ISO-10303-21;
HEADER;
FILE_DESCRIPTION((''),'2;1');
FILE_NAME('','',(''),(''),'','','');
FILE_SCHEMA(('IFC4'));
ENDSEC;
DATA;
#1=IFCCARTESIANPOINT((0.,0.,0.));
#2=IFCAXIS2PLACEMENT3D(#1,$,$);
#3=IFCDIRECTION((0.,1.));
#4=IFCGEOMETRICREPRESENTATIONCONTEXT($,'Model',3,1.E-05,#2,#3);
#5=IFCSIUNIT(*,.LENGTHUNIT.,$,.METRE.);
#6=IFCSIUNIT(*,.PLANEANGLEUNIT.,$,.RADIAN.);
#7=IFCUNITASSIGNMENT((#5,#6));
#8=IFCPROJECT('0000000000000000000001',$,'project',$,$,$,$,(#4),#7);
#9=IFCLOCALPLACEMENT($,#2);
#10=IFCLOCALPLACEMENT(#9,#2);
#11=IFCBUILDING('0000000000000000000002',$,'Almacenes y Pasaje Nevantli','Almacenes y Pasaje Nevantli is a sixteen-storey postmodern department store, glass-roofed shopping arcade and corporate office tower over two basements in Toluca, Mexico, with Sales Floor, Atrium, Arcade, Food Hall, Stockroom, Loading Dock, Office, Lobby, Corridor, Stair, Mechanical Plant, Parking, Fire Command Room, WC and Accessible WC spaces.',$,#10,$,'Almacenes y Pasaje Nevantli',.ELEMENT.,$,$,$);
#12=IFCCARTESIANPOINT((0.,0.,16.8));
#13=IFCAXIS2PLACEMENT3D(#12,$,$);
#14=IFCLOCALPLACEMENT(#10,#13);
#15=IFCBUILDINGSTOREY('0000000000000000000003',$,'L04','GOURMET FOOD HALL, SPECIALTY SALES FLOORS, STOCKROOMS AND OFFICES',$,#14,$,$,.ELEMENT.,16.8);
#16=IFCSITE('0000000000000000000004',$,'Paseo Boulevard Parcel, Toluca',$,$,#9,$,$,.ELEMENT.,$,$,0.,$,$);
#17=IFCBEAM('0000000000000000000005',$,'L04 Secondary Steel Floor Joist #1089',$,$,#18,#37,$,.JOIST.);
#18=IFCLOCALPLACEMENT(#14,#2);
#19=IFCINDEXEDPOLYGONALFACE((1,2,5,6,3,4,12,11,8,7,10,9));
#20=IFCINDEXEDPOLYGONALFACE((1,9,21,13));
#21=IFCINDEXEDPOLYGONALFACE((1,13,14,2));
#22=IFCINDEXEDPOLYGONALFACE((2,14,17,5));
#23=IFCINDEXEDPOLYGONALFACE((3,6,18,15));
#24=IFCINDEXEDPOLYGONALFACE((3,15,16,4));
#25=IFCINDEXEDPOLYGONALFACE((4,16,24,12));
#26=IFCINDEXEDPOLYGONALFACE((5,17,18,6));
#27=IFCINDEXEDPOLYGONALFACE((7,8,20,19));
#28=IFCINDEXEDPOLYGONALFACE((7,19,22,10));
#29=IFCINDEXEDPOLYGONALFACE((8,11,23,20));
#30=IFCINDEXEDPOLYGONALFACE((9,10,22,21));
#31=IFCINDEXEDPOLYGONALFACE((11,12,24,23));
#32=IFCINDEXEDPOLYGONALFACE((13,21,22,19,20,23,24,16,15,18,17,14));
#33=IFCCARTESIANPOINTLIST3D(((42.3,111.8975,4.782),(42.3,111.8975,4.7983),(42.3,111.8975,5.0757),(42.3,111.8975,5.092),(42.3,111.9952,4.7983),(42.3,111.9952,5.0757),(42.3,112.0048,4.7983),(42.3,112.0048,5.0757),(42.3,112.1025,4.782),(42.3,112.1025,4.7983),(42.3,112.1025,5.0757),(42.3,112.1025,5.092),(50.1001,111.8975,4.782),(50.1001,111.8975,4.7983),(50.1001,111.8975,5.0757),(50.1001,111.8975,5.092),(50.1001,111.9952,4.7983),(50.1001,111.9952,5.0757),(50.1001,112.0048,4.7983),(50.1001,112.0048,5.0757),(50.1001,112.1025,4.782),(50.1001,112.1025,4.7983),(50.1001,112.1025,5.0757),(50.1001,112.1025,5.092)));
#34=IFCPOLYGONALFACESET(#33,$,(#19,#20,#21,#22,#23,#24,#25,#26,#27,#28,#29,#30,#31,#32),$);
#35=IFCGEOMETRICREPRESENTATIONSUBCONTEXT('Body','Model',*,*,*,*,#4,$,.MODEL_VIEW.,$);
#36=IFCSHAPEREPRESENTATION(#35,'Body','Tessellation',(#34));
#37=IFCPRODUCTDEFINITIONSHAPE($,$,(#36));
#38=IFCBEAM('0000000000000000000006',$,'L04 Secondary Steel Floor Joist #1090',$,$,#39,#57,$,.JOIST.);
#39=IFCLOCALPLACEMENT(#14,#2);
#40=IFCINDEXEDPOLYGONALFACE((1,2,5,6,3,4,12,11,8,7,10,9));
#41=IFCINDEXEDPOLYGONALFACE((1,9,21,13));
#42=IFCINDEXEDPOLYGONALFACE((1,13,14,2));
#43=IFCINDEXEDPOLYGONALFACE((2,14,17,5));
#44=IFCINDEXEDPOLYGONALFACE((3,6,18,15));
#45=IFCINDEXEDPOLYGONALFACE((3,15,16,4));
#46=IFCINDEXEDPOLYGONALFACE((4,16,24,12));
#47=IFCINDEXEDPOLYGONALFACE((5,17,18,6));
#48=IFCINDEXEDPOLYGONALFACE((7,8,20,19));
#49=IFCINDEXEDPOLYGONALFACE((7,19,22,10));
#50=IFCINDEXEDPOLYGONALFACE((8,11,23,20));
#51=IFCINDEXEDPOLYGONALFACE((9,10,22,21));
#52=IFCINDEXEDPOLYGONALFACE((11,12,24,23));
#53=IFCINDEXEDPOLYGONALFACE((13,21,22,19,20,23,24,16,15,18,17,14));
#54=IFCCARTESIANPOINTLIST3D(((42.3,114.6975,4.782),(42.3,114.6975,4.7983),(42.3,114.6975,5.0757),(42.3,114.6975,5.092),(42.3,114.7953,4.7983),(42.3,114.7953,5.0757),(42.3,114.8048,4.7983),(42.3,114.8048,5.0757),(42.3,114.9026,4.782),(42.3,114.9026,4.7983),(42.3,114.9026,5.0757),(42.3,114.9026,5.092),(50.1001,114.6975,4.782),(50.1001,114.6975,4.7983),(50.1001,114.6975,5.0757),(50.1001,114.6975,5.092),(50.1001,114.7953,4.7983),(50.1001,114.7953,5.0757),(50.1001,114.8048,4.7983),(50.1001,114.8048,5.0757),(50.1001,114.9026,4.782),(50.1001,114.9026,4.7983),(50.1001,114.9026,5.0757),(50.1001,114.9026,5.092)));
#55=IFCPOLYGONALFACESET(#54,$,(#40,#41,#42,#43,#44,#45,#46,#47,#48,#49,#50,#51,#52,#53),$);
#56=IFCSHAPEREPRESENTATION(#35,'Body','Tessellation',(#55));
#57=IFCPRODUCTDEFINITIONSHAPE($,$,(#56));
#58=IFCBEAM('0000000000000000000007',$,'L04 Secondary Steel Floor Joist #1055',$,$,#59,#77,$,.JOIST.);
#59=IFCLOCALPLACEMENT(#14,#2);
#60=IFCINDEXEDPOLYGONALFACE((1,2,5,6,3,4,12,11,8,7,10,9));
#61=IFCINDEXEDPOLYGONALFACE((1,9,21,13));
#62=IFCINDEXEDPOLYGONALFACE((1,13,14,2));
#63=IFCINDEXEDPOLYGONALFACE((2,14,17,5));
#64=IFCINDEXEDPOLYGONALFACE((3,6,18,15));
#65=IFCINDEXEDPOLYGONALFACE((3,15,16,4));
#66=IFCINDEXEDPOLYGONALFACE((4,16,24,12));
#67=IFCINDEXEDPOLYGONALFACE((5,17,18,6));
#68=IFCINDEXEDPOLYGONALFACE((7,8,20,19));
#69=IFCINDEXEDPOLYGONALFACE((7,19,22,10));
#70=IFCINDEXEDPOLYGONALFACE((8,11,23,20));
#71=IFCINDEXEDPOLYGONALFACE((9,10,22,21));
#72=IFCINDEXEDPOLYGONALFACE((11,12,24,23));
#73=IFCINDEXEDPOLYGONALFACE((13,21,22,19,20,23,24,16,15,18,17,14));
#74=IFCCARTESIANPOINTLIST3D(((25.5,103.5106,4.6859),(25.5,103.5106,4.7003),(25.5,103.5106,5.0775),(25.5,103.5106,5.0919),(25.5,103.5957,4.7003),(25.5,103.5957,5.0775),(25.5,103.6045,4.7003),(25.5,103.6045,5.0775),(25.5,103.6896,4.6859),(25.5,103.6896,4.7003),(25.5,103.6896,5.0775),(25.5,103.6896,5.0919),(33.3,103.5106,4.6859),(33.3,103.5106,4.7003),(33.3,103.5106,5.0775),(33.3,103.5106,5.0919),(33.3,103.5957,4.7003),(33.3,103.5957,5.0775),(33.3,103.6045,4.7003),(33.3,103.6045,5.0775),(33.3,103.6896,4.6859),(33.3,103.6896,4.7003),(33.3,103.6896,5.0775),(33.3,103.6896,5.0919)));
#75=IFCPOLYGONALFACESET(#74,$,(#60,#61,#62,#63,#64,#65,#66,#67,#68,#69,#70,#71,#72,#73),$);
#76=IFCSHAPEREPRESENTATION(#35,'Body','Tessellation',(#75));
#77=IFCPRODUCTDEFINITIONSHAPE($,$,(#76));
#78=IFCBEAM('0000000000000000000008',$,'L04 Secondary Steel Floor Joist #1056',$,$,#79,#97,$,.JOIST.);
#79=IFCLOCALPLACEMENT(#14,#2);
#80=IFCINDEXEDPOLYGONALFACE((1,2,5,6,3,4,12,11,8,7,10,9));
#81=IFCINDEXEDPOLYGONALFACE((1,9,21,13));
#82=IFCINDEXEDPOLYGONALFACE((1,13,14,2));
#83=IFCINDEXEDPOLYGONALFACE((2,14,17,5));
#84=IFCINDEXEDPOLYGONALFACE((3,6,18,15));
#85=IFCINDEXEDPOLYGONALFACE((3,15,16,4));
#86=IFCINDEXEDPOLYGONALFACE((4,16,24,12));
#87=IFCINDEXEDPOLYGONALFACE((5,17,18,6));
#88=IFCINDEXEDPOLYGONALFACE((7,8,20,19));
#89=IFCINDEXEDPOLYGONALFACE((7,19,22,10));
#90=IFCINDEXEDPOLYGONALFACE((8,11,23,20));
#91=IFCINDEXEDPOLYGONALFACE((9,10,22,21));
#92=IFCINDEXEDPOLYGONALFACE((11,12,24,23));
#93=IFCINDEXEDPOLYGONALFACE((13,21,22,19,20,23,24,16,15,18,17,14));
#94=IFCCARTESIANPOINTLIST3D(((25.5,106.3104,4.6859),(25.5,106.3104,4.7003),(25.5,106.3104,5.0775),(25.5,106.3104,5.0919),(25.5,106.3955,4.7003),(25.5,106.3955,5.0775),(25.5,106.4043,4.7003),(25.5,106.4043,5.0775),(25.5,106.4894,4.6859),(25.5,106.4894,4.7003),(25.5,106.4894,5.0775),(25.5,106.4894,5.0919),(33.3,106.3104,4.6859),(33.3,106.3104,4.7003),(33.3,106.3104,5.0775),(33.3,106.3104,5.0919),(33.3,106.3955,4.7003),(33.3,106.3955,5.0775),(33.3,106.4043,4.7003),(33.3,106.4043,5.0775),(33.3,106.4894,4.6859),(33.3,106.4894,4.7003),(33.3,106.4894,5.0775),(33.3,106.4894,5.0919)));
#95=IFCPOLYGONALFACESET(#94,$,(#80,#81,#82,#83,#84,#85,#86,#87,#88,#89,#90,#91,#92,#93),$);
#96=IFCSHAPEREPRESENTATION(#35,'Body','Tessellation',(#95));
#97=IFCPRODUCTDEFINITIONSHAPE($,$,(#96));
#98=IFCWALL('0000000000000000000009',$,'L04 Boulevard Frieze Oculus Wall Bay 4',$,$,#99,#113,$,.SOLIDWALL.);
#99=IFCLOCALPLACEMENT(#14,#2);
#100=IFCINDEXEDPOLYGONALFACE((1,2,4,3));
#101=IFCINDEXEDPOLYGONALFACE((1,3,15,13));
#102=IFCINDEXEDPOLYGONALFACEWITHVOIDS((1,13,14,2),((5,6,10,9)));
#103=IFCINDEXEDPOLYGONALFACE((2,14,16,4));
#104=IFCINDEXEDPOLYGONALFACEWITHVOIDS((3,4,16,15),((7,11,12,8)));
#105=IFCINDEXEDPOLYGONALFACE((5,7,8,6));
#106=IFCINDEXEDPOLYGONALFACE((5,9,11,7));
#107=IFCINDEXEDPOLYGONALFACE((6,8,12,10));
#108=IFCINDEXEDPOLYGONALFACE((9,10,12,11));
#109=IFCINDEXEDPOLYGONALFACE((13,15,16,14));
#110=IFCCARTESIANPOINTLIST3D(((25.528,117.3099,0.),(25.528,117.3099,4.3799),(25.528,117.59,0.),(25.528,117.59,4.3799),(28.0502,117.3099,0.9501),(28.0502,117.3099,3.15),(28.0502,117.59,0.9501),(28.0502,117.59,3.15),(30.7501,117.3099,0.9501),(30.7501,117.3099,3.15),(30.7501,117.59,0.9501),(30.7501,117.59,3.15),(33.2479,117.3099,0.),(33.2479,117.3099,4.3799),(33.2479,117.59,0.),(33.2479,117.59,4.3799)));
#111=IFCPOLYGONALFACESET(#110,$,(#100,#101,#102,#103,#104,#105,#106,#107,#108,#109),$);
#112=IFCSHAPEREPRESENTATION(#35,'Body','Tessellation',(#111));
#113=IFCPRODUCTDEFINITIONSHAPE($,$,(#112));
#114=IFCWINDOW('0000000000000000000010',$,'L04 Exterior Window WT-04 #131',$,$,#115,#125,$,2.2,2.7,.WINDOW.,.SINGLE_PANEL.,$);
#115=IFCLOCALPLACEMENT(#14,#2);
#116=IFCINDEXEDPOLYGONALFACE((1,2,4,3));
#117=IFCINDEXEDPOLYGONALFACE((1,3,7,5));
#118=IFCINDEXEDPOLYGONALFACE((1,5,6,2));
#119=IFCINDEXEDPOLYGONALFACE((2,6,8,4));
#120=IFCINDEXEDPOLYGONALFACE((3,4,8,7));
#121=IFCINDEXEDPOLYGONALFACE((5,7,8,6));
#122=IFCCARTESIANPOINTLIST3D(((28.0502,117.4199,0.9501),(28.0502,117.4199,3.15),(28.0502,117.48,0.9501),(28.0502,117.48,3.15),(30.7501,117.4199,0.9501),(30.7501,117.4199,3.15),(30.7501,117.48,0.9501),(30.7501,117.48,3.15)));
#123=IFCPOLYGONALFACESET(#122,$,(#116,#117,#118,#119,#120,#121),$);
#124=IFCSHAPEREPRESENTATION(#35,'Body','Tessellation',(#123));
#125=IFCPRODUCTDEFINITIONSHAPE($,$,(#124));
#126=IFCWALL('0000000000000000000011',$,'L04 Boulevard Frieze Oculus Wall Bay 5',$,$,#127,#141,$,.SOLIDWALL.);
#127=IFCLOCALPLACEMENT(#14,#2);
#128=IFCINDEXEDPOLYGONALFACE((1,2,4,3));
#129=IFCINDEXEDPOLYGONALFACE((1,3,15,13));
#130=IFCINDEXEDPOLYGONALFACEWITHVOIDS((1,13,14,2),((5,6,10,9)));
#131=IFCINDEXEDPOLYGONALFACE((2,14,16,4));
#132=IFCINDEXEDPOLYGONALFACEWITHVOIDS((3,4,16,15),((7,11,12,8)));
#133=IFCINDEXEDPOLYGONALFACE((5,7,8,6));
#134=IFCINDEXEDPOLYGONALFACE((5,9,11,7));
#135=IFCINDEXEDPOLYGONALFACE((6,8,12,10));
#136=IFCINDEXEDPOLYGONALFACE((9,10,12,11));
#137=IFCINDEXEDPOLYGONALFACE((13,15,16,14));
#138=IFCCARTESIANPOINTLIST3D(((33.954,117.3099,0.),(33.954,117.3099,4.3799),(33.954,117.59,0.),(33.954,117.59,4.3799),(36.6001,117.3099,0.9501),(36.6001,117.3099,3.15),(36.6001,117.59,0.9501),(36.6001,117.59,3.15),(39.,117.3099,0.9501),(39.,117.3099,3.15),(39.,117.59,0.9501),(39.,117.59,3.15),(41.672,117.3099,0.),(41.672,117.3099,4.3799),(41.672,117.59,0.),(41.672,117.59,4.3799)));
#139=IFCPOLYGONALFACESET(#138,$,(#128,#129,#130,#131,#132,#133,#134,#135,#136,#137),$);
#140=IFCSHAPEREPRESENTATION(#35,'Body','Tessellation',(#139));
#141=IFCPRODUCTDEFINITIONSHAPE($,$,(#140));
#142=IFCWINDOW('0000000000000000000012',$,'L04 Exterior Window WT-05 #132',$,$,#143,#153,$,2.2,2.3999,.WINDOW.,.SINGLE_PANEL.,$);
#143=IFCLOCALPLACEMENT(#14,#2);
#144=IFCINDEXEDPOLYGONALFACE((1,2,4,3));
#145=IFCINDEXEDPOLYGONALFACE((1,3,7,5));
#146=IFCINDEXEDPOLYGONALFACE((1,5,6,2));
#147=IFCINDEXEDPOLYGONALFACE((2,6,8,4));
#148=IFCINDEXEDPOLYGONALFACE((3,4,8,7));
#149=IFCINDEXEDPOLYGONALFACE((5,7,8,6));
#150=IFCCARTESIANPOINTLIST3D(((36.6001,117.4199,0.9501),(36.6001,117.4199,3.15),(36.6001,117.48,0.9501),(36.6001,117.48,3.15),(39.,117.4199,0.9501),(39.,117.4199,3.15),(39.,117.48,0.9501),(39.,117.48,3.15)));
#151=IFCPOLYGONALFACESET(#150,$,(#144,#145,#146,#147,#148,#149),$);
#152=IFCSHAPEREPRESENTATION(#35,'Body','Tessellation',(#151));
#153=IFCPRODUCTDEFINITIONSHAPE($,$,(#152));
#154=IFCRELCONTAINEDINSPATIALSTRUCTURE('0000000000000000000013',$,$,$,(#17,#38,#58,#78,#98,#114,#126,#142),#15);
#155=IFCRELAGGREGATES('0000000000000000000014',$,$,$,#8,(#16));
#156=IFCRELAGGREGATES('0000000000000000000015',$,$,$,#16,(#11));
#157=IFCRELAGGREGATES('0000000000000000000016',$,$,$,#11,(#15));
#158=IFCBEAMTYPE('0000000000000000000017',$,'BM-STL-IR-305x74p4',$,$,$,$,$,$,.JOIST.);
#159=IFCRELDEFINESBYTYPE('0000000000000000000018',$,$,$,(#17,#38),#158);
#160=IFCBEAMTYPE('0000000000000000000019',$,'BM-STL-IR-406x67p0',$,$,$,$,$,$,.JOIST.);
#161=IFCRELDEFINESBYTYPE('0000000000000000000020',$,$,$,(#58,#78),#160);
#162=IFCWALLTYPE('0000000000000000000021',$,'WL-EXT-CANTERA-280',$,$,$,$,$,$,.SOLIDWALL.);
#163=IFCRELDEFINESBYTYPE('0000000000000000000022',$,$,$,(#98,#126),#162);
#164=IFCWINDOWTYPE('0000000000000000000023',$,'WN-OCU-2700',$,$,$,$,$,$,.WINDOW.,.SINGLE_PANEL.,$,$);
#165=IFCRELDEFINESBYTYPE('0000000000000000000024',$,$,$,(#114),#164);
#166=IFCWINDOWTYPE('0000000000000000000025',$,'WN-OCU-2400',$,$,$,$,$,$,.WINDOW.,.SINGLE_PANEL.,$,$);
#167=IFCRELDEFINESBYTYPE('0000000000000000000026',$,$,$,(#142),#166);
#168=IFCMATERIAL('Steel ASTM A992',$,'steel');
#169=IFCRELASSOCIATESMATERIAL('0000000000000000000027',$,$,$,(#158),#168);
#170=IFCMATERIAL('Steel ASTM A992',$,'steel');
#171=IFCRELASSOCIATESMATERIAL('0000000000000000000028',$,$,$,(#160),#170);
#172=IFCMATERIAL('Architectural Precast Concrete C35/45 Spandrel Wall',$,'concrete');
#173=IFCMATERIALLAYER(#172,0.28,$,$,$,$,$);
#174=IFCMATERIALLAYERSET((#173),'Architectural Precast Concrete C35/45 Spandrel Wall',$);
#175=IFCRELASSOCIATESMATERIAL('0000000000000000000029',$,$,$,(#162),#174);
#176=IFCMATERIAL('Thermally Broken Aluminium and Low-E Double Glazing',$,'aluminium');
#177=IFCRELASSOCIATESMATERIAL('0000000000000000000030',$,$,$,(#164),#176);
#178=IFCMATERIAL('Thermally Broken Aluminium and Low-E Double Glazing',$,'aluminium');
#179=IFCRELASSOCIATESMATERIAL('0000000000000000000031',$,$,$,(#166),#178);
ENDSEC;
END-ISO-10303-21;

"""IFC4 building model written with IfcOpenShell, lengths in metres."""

from ifc_helpers import new_model, si_unit, direction, frame, frame_2d, origin, origin_2d, place, context, subcontext, project, spatial, rectangle, i_section, extrude, material, layer, layer_set, material_profile, profile_set, type_object, element, fill, save


model = new_model("IFC4")

# Units and contexts
model_context = context("Model", 3, precision=1e-05, world=origin(), true_north=direction((0.0, 1.0)))
body_context = subcontext(model_context, "Body", "Model", "MODEL_VIEW")
ifc_project = project(units=[si_unit("LENGTHUNIT", "METRE"), si_unit("PLANEANGLEUNIT", "RADIAN")], contexts=[model_context])

# Site, building, storey
site_placement = place(None, origin())
site = spatial("IfcSite", under=ifc_project, at=site_placement, Name="Paseo Boulevard Parcel, Toluca", CompositionType="ELEMENT", RefElevation=0.0)
building_placement = place(site_placement, origin())
building = spatial("IfcBuilding", under=site, at=building_placement, Name="Almacenes y Pasaje Nevantli", Description="Almacenes y Pasaje Nevantli is a sixteen-storey postmodern department store, glass-roofed shopping arcade and corporate office tower over two basements in Toluca, Mexico, with Sales Floor, Atrium, Arcade, Food Hall, Stockroom, Loading Dock, Office, Lobby, Corridor, Stair, Mechanical Plant, Parking, Fire Command Room, WC and Accessible WC spaces.", LongName="Almacenes y Pasaje Nevantli", CompositionType="ELEMENT")
storey_placement = place(building_placement, frame((0.0, 0.0, 16.8)))
storey = spatial("IfcBuildingStorey", under=building, at=storey_placement, Name="L04", Description="GOURMET FOOD HALL, SPECIALTY SALES FLOORS, STOCKROOMS AND OFFICES", CompositionType="ELEMENT", Elevation=16.8)

# Beams
ifc_material_1 = material(Name="Steel ASTM A992", Category="steel")
ifc_material_profile_1 = material_profile(ifc_material_1, i_section(OverallWidth=0.2051, OverallDepth=0.3101, WebThickness=0.0095, FlangeThickness=0.0164, at=origin_2d()), Name="IR 305x74.4")
ifc_profile_set_1 = profile_set([ifc_material_profile_1], Name="Steel ASTM A992")
beam_type_1 = type_object("IfcBeamType", Name="BM-STL-IR-305x74p4", PredefinedType="JOIST", material=ifc_profile_set_1)
for number, where, z_axis, x_axis, name in (
    (1, (42.3, 112.0, 4.937), (1.0, 0.0, 0.0), (0.0, 1.0, 0.0), "L04 Secondary Steel Floor Joist #1089"),
    (2, (42.3, 114.8, 4.937), (1.0, 0.0, 0.0), (0.0, 1.0, 0.0), "L04 Secondary Steel Floor Joist #1090"),
):
    element("IfcBeam", number, at=place(storey_placement, frame(where, z_axis=z_axis, x_axis=x_axis)), inside=storey, type_object=beam_type_1, Name=name, PredefinedType="JOIST", context=body_context, shape_type="SweptSolid", body=[
        extrude(i_section(OverallWidth=0.2051, OverallDepth=0.3101, WebThickness=0.0095, FlangeThickness=0.0164, at=origin_2d()), origin(), (0.0, 0.0, 1.0), 7.8),
    ])
ifc_material_2 = material(Name="Steel ASTM A992", Category="steel")
ifc_material_profile_2 = material_profile(ifc_material_2, i_section(OverallWidth=0.179, OverallDepth=0.406, WebThickness=0.0088, FlangeThickness=0.0144, at=origin_2d()), Name="IR 406x67.0")
ifc_profile_set_2 = profile_set([ifc_material_profile_2], Name="Steel ASTM A992")
beam_type_2 = type_object("IfcBeamType", Name="BM-STL-IR-406x67p0", PredefinedType="JOIST", material=ifc_profile_set_2)
for number, where, z_axis, x_axis, name in (
    (3, (25.5, 103.6001, 4.8889), (1.0, 0.0, 0.0), (0.0, 1.0, 0.0), "L04 Secondary Steel Floor Joist #1055"),
    (4, (25.5, 106.3999, 4.8889), (1.0, 0.0, 0.0), (0.0, 1.0, 0.0), "L04 Secondary Steel Floor Joist #1056"),
):
    element("IfcBeam", number, at=place(storey_placement, frame(where, z_axis=z_axis, x_axis=x_axis)), inside=storey, type_object=beam_type_2, Name=name, PredefinedType="JOIST", context=body_context, shape_type="SweptSolid", body=[
        extrude(i_section(OverallWidth=0.179, OverallDepth=0.406, WebThickness=0.0088, FlangeThickness=0.0144, at=origin_2d()), origin(), (0.0, 0.0, 1.0), 7.8),
    ])

# Walls, openings, windows
ifc_material_3 = material(Name="Architectural Precast Concrete C35/45 Spandrel Wall", Category="concrete")
ifc_layer = layer(ifc_material_3, 0.28)
ifc_layer_set = layer_set([ifc_layer], Name="Architectural Precast Concrete C35/45 Spandrel Wall")
wall_type = type_object("IfcWallType", Name="WL-EXT-CANTERA-280", PredefinedType="SOLIDWALL", material=ifc_layer_set)
wall_1_placement = place(storey_placement, frame((25.5281, 117.45, 0.0), z_axis=(0.0, 0.0, 1.0), x_axis=(1.0, 0.0, 0.0)))
wall_1 = element("IfcWall", 5, at=wall_1_placement, inside=storey, type_object=wall_type, Name="L04 Boulevard Frieze Oculus Wall Bay 4", PredefinedType="SOLIDWALL", context=body_context, shape_type="SweptSolid", body=[
    extrude(rectangle(XDim=7.72, YDim=0.28, at=frame_2d((3.8599, 0.0))), origin(), (0.0, 0.0, 1.0), 4.3799),
])
opening_1_placement = place(wall_1_placement, frame((2.522, 0.0, 0.95)))
opening_1 = element("IfcOpeningElement", 6, at=opening_1_placement, cuts=wall_1, PredefinedType="OPENING", context=body_context, shape_type="SweptSolid", body=[
    extrude(rectangle(XDim=2.7, YDim=2.2, at=frame_2d((1.3501, 1.1001))), frame((0.0, 0.1499, 0.0), z_axis=(0.0, -1.0, 0.0), x_axis=(1.0, 0.0, 0.0)), (0.0, 0.0, 1.0), 0.3),
])
ifc_material_4 = material(Name="Thermally Broken Aluminium and Low-E Double Glazing", Category="aluminium")
window_type_1 = type_object("IfcWindowType", Name="WN-OCU-2700", PartitioningType="SINGLE_PANEL", PredefinedType="WINDOW", material=ifc_material_4)
window_1_placement = place(opening_1_placement, origin())
window_1 = element("IfcWindow", 7, at=window_1_placement, inside=storey, type_object=window_type_1, Name="L04 Exterior Window WT-04 #131", OverallHeight=2.2, OverallWidth=2.7, PartitioningType="SINGLE_PANEL", PredefinedType="WINDOW", context=body_context, shape_type="SweptSolid", body=[
    extrude(rectangle(XDim=2.7, YDim=2.2, at=frame_2d((1.3501, 1.1001))), frame((0.0, 0.03, 0.0), z_axis=(0.0, -1.0, 0.0), x_axis=(1.0, 0.0, 0.0)), (0.0, 0.0, 1.0), 0.0601),
])
fill(opening_1, window_1)
wall_2_placement = place(storey_placement, frame((33.9541, 117.45, 0.0), z_axis=(0.0, 0.0, 1.0), x_axis=(1.0, 0.0, 0.0)))
wall_2 = element("IfcWall", 8, at=wall_2_placement, inside=storey, type_object=wall_type, Name="L04 Boulevard Frieze Oculus Wall Bay 5", PredefinedType="SOLIDWALL", context=body_context, shape_type="SweptSolid", body=[
    extrude(rectangle(XDim=7.718, YDim=0.28, at=frame_2d((3.8589, 0.0))), origin(), (0.0, 0.0, 1.0), 4.3799),
])
opening_2_placement = place(wall_2_placement, frame((2.646, 0.0, 0.95)))
opening_2 = element("IfcOpeningElement", 9, at=opening_2_placement, cuts=wall_2, PredefinedType="OPENING", context=body_context, shape_type="SweptSolid", body=[
    extrude(rectangle(XDim=2.3999, YDim=2.2, at=frame_2d((1.2, 1.1001))), frame((0.0, 0.1499, 0.0), z_axis=(0.0, -1.0, 0.0), x_axis=(1.0, 0.0, 0.0)), (0.0, 0.0, 1.0), 0.3),
])
ifc_material_5 = material(Name="Thermally Broken Aluminium and Low-E Double Glazing", Category="aluminium")
window_type_2 = type_object("IfcWindowType", Name="WN-OCU-2400", PartitioningType="SINGLE_PANEL", PredefinedType="WINDOW", material=ifc_material_5)
window_2_placement = place(opening_2_placement, origin())
window_2 = element("IfcWindow", 10, at=window_2_placement, inside=storey, type_object=window_type_2, Name="L04 Exterior Window WT-05 #132", OverallHeight=2.2, OverallWidth=2.3999, PartitioningType="SINGLE_PANEL", PredefinedType="WINDOW", context=body_context, shape_type="SweptSolid", body=[
    extrude(rectangle(XDim=2.3999, YDim=2.2, at=frame_2d((1.2, 1.1001))), frame((0.0, 0.03, 0.0), z_axis=(0.0, -1.0, 0.0), x_axis=(1.0, 0.0, 0.0)), (0.0, 0.0, 1.0), 0.0601),
])
fill(opening_2, window_2)

save(model, "model.ifc")
